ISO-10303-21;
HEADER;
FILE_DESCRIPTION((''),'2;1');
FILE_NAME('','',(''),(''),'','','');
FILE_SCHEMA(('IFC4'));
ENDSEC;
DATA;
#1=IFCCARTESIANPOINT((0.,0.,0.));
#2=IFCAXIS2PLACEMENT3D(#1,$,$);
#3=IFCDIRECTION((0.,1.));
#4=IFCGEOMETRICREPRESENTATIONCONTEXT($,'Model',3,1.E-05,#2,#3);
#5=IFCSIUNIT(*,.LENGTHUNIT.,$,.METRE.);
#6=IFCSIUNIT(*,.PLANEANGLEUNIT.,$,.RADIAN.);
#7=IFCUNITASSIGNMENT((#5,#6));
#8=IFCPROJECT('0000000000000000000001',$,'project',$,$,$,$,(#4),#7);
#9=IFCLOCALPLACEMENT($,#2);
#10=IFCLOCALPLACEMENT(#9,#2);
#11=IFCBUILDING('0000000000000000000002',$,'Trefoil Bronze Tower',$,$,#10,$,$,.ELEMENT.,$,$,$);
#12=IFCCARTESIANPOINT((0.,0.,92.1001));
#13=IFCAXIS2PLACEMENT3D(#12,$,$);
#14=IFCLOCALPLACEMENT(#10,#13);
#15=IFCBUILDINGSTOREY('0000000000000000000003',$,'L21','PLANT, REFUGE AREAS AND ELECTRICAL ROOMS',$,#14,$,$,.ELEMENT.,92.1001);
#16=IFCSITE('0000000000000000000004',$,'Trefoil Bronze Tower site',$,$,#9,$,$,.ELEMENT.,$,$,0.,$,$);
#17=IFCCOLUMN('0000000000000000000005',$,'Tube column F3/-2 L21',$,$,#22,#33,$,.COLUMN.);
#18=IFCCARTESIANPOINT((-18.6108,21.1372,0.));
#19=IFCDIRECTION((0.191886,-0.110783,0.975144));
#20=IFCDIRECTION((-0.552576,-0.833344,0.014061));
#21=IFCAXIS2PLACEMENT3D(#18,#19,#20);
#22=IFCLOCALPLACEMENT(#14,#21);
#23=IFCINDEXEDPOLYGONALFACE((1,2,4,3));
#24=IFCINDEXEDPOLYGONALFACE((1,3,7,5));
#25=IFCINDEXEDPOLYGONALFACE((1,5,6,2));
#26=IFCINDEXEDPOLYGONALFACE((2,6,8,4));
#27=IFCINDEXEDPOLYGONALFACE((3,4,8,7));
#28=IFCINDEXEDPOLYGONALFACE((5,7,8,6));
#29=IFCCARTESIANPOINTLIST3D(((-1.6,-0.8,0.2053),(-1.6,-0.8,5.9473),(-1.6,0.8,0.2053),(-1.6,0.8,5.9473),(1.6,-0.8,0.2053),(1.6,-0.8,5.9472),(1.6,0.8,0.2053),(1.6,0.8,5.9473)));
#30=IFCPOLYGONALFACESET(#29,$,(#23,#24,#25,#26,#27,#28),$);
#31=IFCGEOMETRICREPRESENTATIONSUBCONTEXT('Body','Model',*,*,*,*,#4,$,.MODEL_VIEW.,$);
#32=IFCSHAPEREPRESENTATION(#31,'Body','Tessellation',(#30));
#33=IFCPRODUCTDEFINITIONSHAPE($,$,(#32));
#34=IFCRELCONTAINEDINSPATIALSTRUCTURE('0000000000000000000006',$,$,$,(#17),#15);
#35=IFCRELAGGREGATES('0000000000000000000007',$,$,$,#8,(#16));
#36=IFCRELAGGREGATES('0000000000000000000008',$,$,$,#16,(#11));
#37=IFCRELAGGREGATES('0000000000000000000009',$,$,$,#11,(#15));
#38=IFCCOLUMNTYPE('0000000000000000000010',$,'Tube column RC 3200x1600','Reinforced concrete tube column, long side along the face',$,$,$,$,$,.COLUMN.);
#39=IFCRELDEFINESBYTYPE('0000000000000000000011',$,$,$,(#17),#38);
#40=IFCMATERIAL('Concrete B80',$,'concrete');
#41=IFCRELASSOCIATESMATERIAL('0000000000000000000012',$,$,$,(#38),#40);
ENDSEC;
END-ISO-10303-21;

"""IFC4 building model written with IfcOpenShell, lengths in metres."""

from ifc_helpers import new_model, si_unit, direction, frame, origin, origin_2d, place, context, subcontext, project, spatial, rectangle, extrude, clip, halfspace, material, material_profile, profile_set, type_object, element, save


model = new_model("IFC4")

# Units and contexts
model_context = context("Model", 3, precision=1e-05, world=origin(), true_north=direction((0.0, 1.0)))
body_context = subcontext(model_context, "Body", "Model", "MODEL_VIEW")
ifc_project = project(units=[si_unit("LENGTHUNIT", "METRE"), si_unit("PLANEANGLEUNIT", "RADIAN")], contexts=[model_context])

# Site, building, storey
site_placement = place(None, origin())
site = spatial("IfcSite", under=ifc_project, at=site_placement, Name="Trefoil Bronze Tower site", CompositionType="ELEMENT", RefElevation=0.0)
building_placement = place(site_placement, origin())
building = spatial("IfcBuilding", under=site, at=building_placement, Name="Trefoil Bronze Tower", CompositionType="ELEMENT")
storey_placement = place(building_placement, frame((0.0, 0.0, 92.1001)))
storey = spatial("IfcBuildingStorey", under=building, at=storey_placement, Name="L21", Description="PLANT, REFUGE AREAS AND ELECTRICAL ROOMS", CompositionType="ELEMENT", Elevation=92.1001)

# Column
ifc_material_1 = material(Name="Concrete B80", Category="concrete")
ifc_material_profile_1 = material_profile(ifc_material_1, rectangle(XDim=3.2, YDim=1.6001, at=origin_2d()), Name="RC 3200x1600")
ifc_profile_set_1 = profile_set([ifc_material_profile_1], Name="Concrete B80")
column_type = type_object("IfcColumnType", Name="Tube column RC 3200x1600", Description="Reinforced concrete tube column, long side along the face", PredefinedType="COLUMN", material=ifc_profile_set_1)
column_placement = place(storey_placement, frame((-18.6108, 21.1372, 0.0), z_axis=(0.191886, -0.110783, 0.975144), x_axis=(-0.552576, -0.833344, 0.014061)))
element("IfcColumn", 1, at=column_placement, inside=storey, type_object=column_type, Name="Tube column F3/-2 L21", PredefinedType="COLUMN", context=body_context, shape_type="Clipping", body=[
    clip(clip(extrude(rectangle(XDim=3.2, YDim=1.6001, at=origin_2d()), origin(), (0.0, 0.0, 1.0), 6.1528), halfspace(frame((0.0, 0.0, 0.2053), z_axis=(0.000004, -0.000023, 1.0), x_axis=(0.0, 1.0, 0.000023)), True)), halfspace(frame((0.0, 0.0, 5.9473), z_axis=(-0.000004, 0.000023, -1.0), x_axis=(0.0, -1.0, -0.000023)), True)),
])

save(model, "model.ifc")
